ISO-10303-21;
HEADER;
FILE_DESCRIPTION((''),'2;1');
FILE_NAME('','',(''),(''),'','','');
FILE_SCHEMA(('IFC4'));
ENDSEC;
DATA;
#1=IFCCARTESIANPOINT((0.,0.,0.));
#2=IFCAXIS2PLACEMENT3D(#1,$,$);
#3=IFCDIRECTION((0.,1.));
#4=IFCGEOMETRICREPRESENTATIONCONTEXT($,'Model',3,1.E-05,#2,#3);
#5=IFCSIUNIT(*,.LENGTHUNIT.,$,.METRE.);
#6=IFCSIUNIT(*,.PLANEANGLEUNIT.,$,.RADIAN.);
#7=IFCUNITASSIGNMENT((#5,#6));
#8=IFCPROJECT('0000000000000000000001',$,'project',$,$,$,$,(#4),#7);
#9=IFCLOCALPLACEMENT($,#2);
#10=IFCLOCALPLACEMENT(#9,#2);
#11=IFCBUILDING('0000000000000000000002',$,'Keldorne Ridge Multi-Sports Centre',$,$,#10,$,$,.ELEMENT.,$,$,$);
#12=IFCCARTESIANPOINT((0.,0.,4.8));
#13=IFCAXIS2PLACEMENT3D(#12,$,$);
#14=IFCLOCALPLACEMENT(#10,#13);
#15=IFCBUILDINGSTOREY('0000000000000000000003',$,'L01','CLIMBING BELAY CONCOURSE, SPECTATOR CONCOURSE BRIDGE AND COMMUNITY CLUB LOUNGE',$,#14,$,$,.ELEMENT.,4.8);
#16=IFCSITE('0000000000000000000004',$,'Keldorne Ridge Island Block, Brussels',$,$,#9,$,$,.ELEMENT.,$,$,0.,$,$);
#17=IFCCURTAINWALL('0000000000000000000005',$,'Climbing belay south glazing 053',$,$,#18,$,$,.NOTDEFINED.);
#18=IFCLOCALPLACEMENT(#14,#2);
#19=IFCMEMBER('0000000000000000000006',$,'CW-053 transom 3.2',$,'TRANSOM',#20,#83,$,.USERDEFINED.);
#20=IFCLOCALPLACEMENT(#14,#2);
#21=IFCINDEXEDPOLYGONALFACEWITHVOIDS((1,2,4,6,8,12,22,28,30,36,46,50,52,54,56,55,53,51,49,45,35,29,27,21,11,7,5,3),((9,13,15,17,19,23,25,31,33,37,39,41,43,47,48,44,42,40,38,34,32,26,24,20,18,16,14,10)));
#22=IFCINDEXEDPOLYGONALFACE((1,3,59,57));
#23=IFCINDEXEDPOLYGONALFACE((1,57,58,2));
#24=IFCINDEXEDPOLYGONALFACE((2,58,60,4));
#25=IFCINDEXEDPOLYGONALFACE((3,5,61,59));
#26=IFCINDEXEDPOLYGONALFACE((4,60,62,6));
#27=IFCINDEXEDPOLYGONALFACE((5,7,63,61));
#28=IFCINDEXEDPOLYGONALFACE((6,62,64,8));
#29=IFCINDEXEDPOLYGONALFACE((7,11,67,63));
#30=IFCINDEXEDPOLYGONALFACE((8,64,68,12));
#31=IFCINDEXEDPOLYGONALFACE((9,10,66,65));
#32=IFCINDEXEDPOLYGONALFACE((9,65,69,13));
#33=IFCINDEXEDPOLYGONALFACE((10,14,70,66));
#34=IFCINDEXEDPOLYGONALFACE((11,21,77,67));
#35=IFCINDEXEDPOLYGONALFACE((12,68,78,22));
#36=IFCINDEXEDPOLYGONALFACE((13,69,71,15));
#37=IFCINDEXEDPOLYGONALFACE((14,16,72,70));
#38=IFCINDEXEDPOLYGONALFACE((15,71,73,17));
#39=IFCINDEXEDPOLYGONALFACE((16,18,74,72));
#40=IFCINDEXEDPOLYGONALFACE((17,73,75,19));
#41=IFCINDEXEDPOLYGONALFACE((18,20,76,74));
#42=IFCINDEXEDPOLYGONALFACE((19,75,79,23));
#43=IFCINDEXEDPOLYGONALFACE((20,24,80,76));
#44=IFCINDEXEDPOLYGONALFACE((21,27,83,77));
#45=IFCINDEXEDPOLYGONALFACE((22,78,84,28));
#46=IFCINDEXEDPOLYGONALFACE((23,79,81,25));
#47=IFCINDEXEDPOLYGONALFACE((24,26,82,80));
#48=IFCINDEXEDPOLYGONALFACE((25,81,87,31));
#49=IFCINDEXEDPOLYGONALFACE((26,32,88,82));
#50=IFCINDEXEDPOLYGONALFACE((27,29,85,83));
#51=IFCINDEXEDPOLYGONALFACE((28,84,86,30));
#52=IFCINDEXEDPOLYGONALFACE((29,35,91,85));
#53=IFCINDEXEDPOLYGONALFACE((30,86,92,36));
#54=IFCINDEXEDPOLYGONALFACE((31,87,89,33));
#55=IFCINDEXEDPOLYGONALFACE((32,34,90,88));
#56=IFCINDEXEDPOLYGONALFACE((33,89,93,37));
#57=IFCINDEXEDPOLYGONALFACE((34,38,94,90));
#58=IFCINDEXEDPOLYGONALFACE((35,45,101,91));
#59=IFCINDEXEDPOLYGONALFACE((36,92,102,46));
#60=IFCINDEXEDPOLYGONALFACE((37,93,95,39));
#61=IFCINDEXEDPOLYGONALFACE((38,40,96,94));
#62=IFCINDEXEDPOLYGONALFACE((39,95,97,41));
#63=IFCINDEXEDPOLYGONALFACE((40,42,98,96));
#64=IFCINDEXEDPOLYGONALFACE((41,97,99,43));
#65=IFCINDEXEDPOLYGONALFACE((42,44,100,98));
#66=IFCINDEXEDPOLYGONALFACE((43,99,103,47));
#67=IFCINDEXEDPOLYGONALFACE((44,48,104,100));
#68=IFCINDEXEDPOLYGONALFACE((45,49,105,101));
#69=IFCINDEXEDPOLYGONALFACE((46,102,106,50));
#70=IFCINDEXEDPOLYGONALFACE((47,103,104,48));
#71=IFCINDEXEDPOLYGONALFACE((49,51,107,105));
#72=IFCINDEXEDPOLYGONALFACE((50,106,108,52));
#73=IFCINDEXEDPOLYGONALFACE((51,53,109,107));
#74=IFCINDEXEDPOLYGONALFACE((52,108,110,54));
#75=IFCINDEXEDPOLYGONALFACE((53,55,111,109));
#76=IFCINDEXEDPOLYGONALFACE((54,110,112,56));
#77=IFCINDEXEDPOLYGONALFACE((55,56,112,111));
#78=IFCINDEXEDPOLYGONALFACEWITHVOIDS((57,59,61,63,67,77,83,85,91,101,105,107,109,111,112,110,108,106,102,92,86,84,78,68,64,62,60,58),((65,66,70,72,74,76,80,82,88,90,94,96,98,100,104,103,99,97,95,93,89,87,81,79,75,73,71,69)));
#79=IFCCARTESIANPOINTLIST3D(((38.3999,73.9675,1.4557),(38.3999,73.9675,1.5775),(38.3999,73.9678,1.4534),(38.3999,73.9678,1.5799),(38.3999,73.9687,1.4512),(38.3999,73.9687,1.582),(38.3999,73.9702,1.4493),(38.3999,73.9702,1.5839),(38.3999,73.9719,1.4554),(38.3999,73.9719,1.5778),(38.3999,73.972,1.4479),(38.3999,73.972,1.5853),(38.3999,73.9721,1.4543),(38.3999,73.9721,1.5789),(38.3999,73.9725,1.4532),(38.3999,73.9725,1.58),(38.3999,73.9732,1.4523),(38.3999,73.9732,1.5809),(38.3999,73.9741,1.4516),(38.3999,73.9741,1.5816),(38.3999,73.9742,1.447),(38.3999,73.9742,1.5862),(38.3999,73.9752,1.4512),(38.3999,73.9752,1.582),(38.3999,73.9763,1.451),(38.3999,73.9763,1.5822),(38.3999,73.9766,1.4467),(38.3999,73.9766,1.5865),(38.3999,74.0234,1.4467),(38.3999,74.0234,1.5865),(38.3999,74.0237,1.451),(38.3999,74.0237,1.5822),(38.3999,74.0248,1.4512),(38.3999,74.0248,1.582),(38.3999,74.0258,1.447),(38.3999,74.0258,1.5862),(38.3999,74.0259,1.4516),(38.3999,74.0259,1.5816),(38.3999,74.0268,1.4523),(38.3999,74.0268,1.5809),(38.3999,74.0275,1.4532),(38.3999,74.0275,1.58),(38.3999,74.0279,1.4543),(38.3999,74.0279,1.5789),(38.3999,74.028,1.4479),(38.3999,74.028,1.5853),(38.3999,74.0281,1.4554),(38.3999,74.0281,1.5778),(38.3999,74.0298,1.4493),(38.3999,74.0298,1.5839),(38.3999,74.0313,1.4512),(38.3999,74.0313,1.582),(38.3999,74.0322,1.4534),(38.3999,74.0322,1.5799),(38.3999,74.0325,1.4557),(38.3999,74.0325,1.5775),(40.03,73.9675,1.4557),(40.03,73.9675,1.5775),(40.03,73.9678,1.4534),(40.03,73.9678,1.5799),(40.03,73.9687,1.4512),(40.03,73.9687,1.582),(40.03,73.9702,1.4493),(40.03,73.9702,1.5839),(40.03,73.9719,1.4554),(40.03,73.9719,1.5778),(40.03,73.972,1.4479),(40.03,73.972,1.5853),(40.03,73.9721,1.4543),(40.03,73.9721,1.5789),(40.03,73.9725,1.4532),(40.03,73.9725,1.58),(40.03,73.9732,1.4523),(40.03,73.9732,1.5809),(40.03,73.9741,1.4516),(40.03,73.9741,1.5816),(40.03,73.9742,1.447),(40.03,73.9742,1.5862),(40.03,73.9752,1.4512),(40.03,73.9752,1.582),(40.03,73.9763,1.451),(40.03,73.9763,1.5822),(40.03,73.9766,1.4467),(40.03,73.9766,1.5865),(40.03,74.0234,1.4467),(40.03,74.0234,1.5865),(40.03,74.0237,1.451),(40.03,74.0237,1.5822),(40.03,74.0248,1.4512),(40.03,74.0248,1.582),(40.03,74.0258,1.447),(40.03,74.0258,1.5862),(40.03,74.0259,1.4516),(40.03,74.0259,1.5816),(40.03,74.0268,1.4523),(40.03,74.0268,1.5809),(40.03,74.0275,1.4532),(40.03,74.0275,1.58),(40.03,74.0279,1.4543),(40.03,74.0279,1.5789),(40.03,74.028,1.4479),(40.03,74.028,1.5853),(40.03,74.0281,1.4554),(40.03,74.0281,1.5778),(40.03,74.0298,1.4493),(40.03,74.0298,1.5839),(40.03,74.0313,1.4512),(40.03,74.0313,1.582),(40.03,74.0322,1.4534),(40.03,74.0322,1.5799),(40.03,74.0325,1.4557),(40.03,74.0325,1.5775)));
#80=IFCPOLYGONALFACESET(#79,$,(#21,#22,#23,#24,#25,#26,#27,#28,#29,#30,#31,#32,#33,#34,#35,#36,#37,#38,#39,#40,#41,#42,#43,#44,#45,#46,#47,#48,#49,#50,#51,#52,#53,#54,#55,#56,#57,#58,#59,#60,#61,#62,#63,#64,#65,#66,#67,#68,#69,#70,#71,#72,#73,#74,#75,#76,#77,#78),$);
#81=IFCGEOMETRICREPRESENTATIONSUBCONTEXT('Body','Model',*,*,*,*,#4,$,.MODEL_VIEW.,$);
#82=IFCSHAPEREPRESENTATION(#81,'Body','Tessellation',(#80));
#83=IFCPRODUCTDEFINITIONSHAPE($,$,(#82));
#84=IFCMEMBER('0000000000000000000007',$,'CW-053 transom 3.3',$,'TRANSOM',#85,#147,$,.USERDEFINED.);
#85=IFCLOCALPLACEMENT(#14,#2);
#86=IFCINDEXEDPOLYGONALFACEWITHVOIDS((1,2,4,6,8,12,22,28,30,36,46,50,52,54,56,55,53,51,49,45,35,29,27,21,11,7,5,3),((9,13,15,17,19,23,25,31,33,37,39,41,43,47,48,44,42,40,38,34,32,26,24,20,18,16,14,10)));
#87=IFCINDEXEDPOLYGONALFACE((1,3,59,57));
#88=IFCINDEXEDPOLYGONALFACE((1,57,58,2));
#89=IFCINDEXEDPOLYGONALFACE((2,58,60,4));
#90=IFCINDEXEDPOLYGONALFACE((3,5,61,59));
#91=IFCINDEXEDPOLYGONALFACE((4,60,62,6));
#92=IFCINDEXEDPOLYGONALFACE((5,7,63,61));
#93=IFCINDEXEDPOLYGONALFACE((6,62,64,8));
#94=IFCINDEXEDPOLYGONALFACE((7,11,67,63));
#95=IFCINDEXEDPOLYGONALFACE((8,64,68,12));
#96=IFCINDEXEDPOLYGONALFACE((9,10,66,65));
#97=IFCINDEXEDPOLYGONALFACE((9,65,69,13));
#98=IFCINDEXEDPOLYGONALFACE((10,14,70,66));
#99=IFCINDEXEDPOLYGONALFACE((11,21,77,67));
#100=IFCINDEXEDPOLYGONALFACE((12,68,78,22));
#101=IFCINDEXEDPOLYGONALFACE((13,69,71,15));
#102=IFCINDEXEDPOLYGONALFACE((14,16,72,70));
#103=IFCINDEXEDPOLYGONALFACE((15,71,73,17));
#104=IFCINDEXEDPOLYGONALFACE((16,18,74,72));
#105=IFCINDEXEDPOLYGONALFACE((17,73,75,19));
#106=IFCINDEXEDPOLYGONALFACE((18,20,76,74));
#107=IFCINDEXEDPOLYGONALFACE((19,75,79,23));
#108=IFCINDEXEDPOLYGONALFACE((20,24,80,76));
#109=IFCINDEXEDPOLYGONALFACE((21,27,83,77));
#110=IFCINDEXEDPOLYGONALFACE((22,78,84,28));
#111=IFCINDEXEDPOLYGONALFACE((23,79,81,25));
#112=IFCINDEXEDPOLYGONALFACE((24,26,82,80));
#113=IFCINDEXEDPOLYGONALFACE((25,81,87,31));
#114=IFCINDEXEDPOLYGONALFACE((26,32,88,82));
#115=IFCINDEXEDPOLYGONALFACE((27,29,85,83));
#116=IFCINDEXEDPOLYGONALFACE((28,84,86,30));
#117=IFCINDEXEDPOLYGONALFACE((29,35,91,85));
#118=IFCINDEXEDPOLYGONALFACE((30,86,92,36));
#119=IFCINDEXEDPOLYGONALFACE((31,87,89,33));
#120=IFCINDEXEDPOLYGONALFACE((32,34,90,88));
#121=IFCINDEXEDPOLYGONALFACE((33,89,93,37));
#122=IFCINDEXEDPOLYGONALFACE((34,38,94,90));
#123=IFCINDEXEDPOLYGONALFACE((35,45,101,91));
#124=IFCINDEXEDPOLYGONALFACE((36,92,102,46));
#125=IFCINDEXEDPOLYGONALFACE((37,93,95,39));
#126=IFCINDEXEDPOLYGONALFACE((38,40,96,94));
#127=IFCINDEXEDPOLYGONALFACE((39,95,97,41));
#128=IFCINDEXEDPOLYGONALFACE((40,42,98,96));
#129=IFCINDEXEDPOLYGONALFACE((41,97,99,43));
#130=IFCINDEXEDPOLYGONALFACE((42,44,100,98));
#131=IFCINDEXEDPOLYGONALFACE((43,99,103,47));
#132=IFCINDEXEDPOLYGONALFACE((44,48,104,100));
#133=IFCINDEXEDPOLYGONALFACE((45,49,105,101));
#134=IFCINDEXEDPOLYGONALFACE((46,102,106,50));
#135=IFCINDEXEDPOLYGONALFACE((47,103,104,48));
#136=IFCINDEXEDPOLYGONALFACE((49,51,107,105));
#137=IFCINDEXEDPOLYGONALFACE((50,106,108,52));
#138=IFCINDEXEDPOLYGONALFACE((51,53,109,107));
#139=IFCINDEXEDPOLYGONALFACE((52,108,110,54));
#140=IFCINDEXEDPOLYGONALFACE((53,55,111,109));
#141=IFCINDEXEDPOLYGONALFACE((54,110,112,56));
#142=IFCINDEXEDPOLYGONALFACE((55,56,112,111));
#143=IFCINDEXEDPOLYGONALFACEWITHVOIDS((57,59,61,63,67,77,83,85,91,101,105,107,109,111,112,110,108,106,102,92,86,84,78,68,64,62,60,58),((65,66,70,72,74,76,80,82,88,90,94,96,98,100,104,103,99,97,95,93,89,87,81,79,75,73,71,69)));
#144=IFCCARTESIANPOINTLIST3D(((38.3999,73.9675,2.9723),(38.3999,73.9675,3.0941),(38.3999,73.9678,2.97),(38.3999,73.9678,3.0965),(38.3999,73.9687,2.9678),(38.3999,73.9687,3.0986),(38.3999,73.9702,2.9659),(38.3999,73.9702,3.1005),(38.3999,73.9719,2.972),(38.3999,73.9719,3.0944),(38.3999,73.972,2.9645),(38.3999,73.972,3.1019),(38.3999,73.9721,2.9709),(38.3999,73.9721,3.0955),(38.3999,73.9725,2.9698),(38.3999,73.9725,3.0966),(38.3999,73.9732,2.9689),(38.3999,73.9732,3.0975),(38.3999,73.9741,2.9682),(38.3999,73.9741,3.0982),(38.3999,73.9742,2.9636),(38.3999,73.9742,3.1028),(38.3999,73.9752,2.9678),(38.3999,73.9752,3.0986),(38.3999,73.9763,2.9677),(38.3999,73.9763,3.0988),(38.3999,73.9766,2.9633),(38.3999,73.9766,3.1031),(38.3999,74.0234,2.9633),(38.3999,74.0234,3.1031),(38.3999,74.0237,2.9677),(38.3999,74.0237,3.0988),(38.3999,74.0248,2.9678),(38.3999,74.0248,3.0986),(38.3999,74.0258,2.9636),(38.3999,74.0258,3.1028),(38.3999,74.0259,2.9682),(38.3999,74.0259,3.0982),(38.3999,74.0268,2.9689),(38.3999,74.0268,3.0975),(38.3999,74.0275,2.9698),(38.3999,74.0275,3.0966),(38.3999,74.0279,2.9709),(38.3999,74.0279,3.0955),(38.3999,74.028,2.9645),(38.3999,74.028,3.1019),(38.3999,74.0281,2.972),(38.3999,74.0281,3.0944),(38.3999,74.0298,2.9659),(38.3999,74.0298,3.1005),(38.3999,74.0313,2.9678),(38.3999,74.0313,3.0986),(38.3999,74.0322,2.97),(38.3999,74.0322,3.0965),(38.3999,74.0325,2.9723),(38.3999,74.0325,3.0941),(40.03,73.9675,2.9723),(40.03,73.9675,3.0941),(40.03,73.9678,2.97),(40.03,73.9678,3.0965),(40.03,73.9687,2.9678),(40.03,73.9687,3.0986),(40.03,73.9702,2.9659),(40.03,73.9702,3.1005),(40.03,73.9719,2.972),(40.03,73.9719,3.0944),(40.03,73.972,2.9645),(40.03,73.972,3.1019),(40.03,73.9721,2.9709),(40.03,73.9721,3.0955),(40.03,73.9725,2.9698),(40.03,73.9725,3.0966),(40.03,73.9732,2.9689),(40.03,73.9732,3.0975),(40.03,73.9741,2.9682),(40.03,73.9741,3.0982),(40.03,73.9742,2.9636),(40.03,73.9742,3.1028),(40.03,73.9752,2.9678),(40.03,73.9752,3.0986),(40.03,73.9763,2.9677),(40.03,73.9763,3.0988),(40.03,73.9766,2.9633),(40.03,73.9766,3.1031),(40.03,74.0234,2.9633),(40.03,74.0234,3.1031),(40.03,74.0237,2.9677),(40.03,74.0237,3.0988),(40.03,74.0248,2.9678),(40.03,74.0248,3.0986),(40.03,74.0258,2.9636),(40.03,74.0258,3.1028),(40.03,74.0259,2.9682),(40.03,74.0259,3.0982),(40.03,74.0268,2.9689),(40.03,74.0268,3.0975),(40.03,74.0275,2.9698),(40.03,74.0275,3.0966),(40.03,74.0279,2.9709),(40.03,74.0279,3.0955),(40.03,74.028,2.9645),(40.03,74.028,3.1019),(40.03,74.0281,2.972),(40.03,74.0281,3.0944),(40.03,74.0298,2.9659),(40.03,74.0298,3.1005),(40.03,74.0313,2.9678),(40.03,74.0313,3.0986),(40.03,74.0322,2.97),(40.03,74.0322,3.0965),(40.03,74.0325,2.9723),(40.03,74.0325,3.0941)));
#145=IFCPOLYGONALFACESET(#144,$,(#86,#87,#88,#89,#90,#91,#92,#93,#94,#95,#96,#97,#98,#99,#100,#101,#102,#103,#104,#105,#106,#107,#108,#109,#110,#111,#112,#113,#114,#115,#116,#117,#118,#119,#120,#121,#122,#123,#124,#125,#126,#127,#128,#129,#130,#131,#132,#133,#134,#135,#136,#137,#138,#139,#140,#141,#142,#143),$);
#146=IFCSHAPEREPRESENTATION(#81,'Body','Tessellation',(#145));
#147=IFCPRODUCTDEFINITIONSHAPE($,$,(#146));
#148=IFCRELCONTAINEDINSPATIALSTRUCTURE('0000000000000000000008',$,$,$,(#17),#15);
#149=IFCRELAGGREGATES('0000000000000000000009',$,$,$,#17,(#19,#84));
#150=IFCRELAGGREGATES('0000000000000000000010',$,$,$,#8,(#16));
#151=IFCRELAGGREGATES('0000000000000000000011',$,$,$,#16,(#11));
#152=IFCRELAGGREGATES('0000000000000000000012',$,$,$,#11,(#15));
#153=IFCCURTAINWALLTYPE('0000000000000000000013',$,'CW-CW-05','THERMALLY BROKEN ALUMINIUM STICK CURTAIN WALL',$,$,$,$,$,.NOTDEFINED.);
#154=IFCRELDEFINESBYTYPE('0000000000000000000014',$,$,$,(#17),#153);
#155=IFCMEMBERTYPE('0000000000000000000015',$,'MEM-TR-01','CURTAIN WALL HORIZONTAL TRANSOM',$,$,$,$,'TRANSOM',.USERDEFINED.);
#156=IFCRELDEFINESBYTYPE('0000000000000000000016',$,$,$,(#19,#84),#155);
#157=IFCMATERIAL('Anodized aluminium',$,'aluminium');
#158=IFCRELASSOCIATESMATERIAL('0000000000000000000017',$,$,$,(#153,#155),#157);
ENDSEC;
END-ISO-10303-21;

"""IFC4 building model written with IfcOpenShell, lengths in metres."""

from ifc_helpers import new_model, si_unit, direction, frame, origin, origin_2d, place, context, subcontext, project, spatial, hollow_rectangle, extrude, material, material_profile, profile_set, type_object, element, aggregate, save


model = new_model("IFC4")

# Units and contexts
model_context = context("Model", 3, precision=1e-05, world=origin(), true_north=direction((0.0, 1.0)))
body_context = subcontext(model_context, "Body", "Model", "MODEL_VIEW")
ifc_project = project(units=[si_unit("LENGTHUNIT", "METRE"), si_unit("PLANEANGLEUNIT", "RADIAN")], contexts=[model_context])

# Site, building, storey
site_placement = place(None, origin())
site = spatial("IfcSite", under=ifc_project, at=site_placement, Name="Keldorne Ridge Island Block, Brussels", CompositionType="ELEMENT", RefElevation=0.0)
building_placement = place(site_placement, origin())
building = spatial("IfcBuilding", under=site, at=building_placement, Name="Keldorne Ridge Multi-Sports Centre", CompositionType="ELEMENT")
storey_placement = place(building_placement, frame((0.0, 0.0, 4.8)))
storey = spatial("IfcBuildingStorey", under=building, at=storey_placement, Name="L01", Description="CLIMBING BELAY CONCOURSE, SPECTATOR CONCOURSE BRIDGE AND COMMUNITY CLUB LOUNGE", CompositionType="ELEMENT", Elevation=4.8)

# Curtain wall, members
ifc_material_1 = material(Name="Anodized aluminium", Category="aluminium")
curtain_wall_type = type_object("IfcCurtainWallType", Name="CW-CW-05", Description="THERMALLY BROKEN ALUMINIUM STICK CURTAIN WALL", PredefinedType="NOTDEFINED", material=ifc_material_1)
curtain_wall_placement = place(storey_placement, origin())
curtain_wall = element("IfcCurtainWall", 1, at=curtain_wall_placement, inside=storey, type_object=curtain_wall_type, Name="Climbing belay south glazing 053", PredefinedType="NOTDEFINED")
ifc_material_profile_1 = material_profile(ifc_material_1, hollow_rectangle(XDim=0.0649, YDim=0.1399, WallThickness=0.0044, InnerFilletRadius=0.0044, OuterFilletRadius=0.009, at=origin_2d()), Name="ALU TRANSOM 140x65x4.5")
ifc_profile_set_1 = profile_set([ifc_material_profile_1], Name="Anodized aluminium")
member_type_1 = type_object("IfcMemberType", Name="MEM-TR-01", Description="CURTAIN WALL HORIZONTAL TRANSOM", ElementType="TRANSOM", PredefinedType="USERDEFINED", material=ifc_profile_set_1)
member_1_placement = place(storey_placement, frame((38.3999, 74.0, 1.5166), z_axis=(1.0, 0.0, 0.0), x_axis=(0.0, 1.0, 0.0)))
member_1 = element("IfcMember", 2, at=member_1_placement, type_object=member_type_1, Name="CW-053 transom 3.2", ObjectType="TRANSOM", PredefinedType="USERDEFINED", context=body_context, shape_type="SweptSolid", body=[
    extrude(hollow_rectangle(XDim=0.0649, YDim=0.1399, WallThickness=0.0044, InnerFilletRadius=0.0044, OuterFilletRadius=0.009, at=origin_2d()), origin(), (0.0, 0.0, 1.0), 1.6301),
])
member_2_placement = place(storey_placement, frame((38.3999, 74.0, 3.0332), z_axis=(1.0, 0.0, 0.0), x_axis=(0.0, 1.0, 0.0)))
member_2 = element("IfcMember", 3, at=member_2_placement, type_object=member_type_1, Name="CW-053 transom 3.3", ObjectType="TRANSOM", PredefinedType="USERDEFINED", context=body_context, shape_type="SweptSolid", body=[
    extrude(hollow_rectangle(XDim=0.0649, YDim=0.1399, WallThickness=0.0044, InnerFilletRadius=0.0044, OuterFilletRadius=0.009, at=origin_2d()), origin(), (0.0, 0.0, 1.0), 1.6301),
])
aggregate(curtain_wall, [member_1, member_2])

save(model, "model.ifc")
